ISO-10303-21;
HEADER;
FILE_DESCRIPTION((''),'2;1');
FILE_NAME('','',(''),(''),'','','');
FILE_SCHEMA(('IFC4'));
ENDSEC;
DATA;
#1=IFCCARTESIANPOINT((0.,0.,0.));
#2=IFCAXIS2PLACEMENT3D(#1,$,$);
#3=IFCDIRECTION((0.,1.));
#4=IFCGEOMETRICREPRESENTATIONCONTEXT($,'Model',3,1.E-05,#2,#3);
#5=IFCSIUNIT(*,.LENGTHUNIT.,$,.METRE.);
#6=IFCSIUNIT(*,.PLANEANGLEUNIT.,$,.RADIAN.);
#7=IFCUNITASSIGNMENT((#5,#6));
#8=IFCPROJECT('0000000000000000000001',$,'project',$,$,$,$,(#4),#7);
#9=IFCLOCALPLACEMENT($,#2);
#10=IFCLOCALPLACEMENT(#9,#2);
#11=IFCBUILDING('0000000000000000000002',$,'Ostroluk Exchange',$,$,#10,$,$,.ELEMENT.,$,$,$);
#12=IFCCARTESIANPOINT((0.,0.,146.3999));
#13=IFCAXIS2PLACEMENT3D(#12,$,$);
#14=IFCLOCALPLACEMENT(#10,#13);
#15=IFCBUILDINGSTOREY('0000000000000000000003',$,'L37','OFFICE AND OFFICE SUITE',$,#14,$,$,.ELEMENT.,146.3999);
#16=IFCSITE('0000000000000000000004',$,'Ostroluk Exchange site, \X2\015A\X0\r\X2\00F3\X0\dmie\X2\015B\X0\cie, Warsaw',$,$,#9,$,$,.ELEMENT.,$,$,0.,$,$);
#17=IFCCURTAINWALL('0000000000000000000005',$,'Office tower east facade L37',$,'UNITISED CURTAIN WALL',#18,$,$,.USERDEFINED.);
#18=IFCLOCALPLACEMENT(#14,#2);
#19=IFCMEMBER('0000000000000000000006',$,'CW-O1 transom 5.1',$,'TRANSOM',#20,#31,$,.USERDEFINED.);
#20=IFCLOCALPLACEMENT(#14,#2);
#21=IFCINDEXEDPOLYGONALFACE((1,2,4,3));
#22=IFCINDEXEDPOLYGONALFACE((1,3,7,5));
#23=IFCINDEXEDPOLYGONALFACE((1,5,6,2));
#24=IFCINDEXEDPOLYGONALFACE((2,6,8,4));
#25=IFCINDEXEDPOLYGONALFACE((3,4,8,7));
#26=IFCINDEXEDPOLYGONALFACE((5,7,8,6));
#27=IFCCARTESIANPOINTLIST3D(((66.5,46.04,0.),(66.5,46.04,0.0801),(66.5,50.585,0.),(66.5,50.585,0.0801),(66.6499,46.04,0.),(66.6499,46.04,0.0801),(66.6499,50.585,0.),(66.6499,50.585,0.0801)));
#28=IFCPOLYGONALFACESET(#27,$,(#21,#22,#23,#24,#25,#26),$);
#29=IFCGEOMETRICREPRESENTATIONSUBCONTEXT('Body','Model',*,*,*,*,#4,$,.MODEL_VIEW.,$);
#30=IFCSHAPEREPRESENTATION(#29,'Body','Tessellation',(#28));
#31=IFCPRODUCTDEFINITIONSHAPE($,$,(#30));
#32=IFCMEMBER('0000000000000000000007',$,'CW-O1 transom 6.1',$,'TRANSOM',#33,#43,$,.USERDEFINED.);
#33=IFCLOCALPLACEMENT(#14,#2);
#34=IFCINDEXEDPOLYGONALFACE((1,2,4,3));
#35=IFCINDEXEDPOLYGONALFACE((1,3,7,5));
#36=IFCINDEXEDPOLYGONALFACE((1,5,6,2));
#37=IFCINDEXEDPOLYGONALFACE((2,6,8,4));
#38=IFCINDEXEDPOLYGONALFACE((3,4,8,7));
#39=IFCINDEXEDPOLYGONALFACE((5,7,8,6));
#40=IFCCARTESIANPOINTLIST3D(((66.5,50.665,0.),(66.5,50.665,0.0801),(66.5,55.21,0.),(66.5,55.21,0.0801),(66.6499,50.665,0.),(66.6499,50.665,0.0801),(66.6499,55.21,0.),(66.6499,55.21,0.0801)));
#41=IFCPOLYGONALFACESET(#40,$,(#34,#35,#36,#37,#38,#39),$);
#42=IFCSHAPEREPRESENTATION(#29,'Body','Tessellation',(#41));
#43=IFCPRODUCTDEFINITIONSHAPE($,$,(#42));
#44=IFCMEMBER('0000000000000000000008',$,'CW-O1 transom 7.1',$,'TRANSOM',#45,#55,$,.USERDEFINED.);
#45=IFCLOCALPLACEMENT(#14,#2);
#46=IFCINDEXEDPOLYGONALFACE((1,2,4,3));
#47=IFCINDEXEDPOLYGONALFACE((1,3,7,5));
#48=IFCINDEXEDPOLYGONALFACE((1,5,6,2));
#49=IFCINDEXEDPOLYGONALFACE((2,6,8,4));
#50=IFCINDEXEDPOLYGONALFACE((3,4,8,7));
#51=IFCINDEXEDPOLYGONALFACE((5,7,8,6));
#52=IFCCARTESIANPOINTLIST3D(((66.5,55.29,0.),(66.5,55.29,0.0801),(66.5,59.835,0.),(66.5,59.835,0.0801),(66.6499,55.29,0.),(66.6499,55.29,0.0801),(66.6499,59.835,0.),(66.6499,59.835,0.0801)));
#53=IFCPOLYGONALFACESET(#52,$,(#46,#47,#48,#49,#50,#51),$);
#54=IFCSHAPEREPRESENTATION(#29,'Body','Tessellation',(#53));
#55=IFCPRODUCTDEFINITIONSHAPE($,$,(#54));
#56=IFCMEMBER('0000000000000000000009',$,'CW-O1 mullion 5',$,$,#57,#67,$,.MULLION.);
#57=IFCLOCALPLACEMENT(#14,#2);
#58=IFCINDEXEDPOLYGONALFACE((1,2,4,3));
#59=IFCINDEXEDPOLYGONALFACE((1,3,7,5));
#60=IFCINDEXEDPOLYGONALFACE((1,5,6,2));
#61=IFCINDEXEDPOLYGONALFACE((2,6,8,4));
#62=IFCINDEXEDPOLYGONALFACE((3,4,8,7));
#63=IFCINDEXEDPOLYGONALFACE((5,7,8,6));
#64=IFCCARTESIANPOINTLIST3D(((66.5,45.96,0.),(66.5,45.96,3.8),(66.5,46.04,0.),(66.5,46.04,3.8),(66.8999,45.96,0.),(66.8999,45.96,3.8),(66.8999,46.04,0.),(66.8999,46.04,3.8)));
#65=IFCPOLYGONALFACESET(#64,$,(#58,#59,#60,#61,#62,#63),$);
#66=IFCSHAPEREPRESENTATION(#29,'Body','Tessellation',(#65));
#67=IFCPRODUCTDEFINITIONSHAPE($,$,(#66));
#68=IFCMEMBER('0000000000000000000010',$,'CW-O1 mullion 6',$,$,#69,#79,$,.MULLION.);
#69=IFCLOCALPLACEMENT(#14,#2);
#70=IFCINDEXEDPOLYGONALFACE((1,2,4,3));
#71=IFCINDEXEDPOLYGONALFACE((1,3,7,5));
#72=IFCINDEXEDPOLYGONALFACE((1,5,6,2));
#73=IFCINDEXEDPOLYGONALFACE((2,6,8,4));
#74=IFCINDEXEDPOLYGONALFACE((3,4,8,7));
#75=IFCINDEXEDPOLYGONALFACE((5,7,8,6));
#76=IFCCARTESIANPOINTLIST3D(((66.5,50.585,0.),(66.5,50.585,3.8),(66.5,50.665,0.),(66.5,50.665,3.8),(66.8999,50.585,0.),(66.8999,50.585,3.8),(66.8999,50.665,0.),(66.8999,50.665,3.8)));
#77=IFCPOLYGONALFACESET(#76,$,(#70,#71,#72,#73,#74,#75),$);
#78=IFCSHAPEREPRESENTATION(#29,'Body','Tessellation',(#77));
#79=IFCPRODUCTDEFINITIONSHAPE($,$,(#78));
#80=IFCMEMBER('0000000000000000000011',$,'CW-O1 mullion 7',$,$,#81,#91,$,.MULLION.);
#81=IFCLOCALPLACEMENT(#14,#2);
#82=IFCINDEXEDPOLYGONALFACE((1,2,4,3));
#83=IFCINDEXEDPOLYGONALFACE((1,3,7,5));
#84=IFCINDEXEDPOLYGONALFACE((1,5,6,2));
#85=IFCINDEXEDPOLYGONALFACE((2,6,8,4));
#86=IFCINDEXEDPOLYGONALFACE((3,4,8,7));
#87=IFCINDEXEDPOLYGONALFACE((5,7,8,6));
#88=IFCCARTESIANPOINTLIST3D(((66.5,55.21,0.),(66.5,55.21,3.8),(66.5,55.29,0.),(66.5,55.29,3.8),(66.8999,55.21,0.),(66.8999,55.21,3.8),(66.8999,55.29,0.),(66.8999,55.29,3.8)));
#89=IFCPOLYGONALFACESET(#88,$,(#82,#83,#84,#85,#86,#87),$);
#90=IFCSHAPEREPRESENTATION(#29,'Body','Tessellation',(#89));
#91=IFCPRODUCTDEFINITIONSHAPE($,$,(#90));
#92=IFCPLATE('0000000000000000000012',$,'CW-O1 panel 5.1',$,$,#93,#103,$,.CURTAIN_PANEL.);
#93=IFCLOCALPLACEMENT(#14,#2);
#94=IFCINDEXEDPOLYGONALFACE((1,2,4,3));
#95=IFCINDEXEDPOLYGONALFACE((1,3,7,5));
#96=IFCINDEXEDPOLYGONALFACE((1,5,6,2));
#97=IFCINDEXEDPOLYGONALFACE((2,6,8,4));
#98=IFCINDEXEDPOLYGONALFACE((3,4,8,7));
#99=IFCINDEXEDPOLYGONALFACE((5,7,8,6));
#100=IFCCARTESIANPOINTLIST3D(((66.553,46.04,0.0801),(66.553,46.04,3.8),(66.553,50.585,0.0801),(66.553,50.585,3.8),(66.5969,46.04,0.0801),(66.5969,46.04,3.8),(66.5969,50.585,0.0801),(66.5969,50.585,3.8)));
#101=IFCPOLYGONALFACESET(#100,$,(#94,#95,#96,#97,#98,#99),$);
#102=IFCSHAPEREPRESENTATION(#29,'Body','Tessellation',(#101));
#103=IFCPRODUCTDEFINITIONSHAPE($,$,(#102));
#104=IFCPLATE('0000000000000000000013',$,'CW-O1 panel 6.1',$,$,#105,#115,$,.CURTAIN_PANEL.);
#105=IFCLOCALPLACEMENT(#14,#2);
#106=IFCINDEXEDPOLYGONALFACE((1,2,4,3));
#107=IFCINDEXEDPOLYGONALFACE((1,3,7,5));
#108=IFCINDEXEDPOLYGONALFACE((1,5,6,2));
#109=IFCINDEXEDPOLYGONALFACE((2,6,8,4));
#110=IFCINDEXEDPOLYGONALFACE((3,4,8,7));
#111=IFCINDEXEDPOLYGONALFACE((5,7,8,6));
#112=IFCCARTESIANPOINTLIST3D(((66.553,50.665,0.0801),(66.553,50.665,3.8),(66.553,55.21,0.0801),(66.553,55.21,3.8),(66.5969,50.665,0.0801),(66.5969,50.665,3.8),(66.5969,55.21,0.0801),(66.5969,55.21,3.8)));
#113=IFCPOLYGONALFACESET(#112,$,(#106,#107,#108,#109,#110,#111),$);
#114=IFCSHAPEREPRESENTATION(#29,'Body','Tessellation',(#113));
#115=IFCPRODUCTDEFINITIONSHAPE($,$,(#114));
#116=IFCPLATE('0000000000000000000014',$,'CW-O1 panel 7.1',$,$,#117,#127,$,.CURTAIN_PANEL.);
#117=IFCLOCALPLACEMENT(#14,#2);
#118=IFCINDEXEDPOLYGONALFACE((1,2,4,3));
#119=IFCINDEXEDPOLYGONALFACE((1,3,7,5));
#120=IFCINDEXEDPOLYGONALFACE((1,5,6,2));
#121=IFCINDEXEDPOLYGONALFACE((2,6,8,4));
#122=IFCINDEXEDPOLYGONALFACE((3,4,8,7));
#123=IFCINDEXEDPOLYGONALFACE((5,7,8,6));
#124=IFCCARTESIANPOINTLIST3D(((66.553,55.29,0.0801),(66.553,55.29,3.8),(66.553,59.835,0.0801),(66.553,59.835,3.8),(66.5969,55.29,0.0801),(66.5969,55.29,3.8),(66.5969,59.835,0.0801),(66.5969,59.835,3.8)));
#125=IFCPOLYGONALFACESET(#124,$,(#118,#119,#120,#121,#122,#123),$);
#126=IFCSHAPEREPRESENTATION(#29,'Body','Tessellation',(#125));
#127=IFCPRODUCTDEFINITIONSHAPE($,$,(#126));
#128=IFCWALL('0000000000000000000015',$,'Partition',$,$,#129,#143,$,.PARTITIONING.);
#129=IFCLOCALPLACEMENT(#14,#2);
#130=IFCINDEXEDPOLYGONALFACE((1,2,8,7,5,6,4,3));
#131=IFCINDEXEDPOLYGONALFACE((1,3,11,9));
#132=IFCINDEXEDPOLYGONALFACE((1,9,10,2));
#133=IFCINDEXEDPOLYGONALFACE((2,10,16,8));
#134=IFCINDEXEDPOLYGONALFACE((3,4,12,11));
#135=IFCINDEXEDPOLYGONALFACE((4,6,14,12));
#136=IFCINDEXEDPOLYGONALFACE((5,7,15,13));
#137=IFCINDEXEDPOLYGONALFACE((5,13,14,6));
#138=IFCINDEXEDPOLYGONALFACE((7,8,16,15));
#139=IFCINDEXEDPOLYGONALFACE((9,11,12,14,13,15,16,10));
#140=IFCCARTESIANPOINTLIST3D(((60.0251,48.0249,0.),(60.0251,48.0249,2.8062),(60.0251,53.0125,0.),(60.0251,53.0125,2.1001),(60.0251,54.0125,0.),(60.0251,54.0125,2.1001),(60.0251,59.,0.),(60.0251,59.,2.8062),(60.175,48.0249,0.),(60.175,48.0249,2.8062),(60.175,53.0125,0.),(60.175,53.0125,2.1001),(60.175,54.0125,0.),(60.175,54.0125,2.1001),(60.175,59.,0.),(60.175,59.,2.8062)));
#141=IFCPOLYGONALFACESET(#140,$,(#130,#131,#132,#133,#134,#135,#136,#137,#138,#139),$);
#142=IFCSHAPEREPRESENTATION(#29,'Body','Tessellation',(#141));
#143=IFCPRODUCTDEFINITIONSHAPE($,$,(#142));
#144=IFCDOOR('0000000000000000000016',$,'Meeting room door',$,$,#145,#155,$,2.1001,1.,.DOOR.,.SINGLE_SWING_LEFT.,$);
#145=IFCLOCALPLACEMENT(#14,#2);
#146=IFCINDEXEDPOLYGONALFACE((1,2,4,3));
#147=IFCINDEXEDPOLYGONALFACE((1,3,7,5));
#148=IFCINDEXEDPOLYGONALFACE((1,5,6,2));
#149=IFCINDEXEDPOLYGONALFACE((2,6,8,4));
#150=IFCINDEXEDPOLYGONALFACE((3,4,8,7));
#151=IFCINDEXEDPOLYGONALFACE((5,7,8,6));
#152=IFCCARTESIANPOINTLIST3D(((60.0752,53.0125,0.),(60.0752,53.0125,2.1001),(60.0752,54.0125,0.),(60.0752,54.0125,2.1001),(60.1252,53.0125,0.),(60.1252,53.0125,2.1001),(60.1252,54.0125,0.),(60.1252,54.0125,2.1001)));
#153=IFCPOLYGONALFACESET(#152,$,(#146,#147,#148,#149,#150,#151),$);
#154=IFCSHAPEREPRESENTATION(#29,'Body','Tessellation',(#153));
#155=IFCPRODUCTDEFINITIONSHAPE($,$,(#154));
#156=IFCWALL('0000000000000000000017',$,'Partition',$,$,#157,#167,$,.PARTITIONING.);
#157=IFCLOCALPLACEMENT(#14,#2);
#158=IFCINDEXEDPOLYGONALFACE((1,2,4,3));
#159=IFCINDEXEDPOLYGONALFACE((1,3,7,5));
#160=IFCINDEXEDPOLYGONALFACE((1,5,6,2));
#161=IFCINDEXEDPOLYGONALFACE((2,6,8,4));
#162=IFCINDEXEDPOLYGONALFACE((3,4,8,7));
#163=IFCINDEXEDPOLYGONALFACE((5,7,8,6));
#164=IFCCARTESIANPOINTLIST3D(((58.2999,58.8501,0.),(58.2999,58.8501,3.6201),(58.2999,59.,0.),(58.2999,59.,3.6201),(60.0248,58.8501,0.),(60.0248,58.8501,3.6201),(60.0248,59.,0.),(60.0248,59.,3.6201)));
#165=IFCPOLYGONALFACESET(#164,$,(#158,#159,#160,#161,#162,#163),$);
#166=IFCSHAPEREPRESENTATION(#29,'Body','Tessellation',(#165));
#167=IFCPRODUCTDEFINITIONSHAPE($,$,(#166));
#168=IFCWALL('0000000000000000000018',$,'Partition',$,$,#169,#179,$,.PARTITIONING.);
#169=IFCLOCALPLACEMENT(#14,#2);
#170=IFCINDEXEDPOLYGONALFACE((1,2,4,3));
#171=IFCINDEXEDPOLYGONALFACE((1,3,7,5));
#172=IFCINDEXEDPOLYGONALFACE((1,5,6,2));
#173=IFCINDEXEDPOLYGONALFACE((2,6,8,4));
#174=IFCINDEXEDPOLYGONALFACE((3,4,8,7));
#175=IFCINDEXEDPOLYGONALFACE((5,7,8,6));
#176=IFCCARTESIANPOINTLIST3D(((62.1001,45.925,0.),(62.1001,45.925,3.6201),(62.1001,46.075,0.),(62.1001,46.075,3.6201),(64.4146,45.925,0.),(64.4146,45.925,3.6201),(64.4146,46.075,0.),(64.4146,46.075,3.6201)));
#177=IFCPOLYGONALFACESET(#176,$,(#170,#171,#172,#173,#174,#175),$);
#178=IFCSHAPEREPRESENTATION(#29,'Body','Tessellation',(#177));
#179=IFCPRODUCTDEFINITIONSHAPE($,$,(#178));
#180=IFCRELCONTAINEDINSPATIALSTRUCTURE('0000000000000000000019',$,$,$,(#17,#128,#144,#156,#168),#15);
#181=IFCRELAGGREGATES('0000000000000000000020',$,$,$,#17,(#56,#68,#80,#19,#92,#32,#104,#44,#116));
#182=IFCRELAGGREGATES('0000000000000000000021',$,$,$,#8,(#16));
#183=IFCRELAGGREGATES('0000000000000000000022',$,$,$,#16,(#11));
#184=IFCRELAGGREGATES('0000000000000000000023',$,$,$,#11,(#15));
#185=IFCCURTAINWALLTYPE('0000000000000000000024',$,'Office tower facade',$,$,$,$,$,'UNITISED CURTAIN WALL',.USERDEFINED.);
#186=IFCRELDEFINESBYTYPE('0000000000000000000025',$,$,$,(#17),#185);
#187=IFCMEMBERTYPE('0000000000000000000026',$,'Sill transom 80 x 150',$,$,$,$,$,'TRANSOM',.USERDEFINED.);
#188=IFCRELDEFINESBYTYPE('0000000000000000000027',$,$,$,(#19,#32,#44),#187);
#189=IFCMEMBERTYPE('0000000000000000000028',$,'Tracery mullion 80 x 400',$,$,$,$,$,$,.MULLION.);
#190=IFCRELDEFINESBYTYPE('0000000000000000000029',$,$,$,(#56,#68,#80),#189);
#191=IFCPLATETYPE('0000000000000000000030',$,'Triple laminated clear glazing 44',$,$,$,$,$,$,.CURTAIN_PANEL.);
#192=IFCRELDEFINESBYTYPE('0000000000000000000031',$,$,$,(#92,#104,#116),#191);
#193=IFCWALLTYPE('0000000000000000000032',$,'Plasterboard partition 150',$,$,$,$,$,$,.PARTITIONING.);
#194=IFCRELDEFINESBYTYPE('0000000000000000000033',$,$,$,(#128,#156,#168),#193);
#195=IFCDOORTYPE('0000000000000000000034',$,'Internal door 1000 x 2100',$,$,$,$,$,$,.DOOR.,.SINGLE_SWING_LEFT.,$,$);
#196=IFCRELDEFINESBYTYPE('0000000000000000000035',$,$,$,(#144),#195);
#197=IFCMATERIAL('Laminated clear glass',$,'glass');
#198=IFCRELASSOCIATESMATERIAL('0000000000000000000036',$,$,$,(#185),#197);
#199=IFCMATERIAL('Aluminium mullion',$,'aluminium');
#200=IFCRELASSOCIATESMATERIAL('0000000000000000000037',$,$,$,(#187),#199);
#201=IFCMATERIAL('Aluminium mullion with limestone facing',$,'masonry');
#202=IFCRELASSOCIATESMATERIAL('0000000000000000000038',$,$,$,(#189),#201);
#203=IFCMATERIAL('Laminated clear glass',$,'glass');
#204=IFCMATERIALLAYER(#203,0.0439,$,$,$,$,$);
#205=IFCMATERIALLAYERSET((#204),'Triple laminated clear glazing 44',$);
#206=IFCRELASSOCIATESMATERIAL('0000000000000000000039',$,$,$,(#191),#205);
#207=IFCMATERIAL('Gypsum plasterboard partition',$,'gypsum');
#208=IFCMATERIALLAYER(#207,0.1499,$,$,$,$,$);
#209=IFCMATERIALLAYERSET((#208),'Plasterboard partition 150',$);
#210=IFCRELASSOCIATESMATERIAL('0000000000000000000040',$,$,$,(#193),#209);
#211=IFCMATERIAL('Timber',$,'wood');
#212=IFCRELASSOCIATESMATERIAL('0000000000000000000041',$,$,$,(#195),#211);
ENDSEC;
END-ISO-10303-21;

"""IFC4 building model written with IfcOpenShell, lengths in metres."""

from ifc_helpers import new_model, si_unit, direction, frame, frame_2d, origin, origin_2d, place, context, subcontext, project, spatial, rectangle, extrude, material, layer, layer_set, material_profile, profile_set, type_object, element, fill, aggregate, save


model = new_model("IFC4")

# Units and contexts
model_context = context("Model", 3, precision=1e-05, world=origin(), true_north=direction((0.0, 1.0)))
body_context = subcontext(model_context, "Body", "Model", "MODEL_VIEW")
ifc_project = project(units=[si_unit("LENGTHUNIT", "METRE"), si_unit("PLANEANGLEUNIT", "RADIAN")], contexts=[model_context])

# Site, building, storey
site_placement = place(None, origin())
site = spatial("IfcSite", under=ifc_project, at=site_placement, Name="Ostroluk Exchange site, Śródmieście, Warsaw", CompositionType="ELEMENT", RefElevation=0.0)
building_placement = place(site_placement, origin())
building = spatial("IfcBuilding", under=site, at=building_placement, Name="Ostroluk Exchange", CompositionType="ELEMENT")
storey_placement = place(building_placement, frame((0.0, 0.0, 146.3999)))
storey = spatial("IfcBuildingStorey", under=building, at=storey_placement, Name="L37", Description="OFFICE AND OFFICE SUITE", CompositionType="ELEMENT", Elevation=146.3999)

# Curtain wall, members, plates
ifc_material_1 = material(Name="Laminated clear glass", Category="glass")
curtain_wall_type = type_object("IfcCurtainWallType", Name="Office tower facade", ElementType="UNITISED CURTAIN WALL", PredefinedType="USERDEFINED", material=ifc_material_1)
curtain_wall_placement = place(storey_placement, origin())
curtain_wall = element("IfcCurtainWall", 1, at=curtain_wall_placement, inside=storey, type_object=curtain_wall_type, Name="Office tower east facade L37", ObjectType="UNITISED CURTAIN WALL", PredefinedType="USERDEFINED")
ifc_material_2 = material(Name="Aluminium mullion", Category="aluminium")
ifc_material_profile_1 = material_profile(ifc_material_2, rectangle(XDim=0.1499, YDim=0.0801, at=origin_2d()), Name="Sill transom 80 x 150")
ifc_profile_set_1 = profile_set([ifc_material_profile_1], Name="Aluminium mullion")
member_type_1 = type_object("IfcMemberType", Name="Sill transom 80 x 150", ElementType="TRANSOM", PredefinedType="USERDEFINED", material=ifc_profile_set_1)
member_1_placement = place(storey_placement, frame((66.575, 46.04, 0.04), z_axis=(0.0, 1.0, 0.0), x_axis=(-1.0, 0.0, 0.0)))
member_1 = element("IfcMember", 2, at=member_1_placement, type_object=member_type_1, Name="CW-O1 transom 5.1", ObjectType="TRANSOM", PredefinedType="USERDEFINED", context=body_context, shape_type="SweptSolid", body=[
    extrude(rectangle(XDim=0.1499, YDim=0.0801, at=origin_2d()), origin(), (0.0, 0.0, 1.0), 4.5449),
])
member_2_placement = place(storey_placement, frame((66.575, 50.665, 0.04), z_axis=(0.0, 1.0, 0.0), x_axis=(-1.0, 0.0, 0.0)))
member_2 = element("IfcMember", 3, at=member_2_placement, type_object=member_type_1, Name="CW-O1 transom 6.1", ObjectType="TRANSOM", PredefinedType="USERDEFINED", context=body_context, shape_type="SweptSolid", body=[
    extrude(rectangle(XDim=0.1499, YDim=0.0801, at=origin_2d()), origin(), (0.0, 0.0, 1.0), 4.5449),
])
member_3_placement = place(storey_placement, frame((66.575, 55.29, 0.04), z_axis=(0.0, 1.0, 0.0), x_axis=(-1.0, 0.0, 0.0)))
member_3 = element("IfcMember", 4, at=member_3_placement, type_object=member_type_1, Name="CW-O1 transom 7.1", ObjectType="TRANSOM", PredefinedType="USERDEFINED", context=body_context, shape_type="SweptSolid", body=[
    extrude(rectangle(XDim=0.1499, YDim=0.0801, at=origin_2d()), origin(), (0.0, 0.0, 1.0), 4.5449),
])
ifc_material_3 = material(Name="Aluminium mullion with limestone facing", Category="masonry")
ifc_material_profile_2 = material_profile(ifc_material_3, rectangle(XDim=0.3999, YDim=0.0801, at=origin_2d()), Name="Tracery mullion 80 x 400")
ifc_profile_set_2 = profile_set([ifc_material_profile_2], Name="Aluminium mullion with limestone facing")
member_type_2 = type_object("IfcMemberType", Name="Tracery mullion 80 x 400", PredefinedType="MULLION", material=ifc_profile_set_2)
member_4_placement = place(storey_placement, frame((66.7, 46.0, 0.0), z_axis=(0.0, 0.0, 1.0), x_axis=(-1.0, 0.0, 0.0)))
member_4 = element("IfcMember", 5, at=member_4_placement, type_object=member_type_2, Name="CW-O1 mullion 5", PredefinedType="MULLION", context=body_context, shape_type="SweptSolid", body=[
    extrude(rectangle(XDim=0.3999, YDim=0.0801, at=origin_2d()), origin(), (0.0, 0.0, 1.0), 3.8),
])
member_5_placement = place(storey_placement, frame((66.7, 50.625, 0.0), z_axis=(0.0, 0.0, 1.0), x_axis=(-1.0, 0.0, 0.0)))
member_5 = element("IfcMember", 6, at=member_5_placement, type_object=member_type_2, Name="CW-O1 mullion 6", PredefinedType="MULLION", context=body_context, shape_type="SweptSolid", body=[
    extrude(rectangle(XDim=0.3999, YDim=0.0801, at=origin_2d()), origin(), (0.0, 0.0, 1.0), 3.8),
])
member_6_placement = place(storey_placement, frame((66.7, 55.25, 0.0), z_axis=(0.0, 0.0, 1.0), x_axis=(-1.0, 0.0, 0.0)))
member_6 = element("IfcMember", 7, at=member_6_placement, type_object=member_type_2, Name="CW-O1 mullion 7", PredefinedType="MULLION", context=body_context, shape_type="SweptSolid", body=[
    extrude(rectangle(XDim=0.3999, YDim=0.0801, at=origin_2d()), origin(), (0.0, 0.0, 1.0), 3.8),
])
ifc_material_4 = material(Name="Laminated clear glass", Category="glass")
ifc_layer_1 = layer(ifc_material_4, 0.0439)
ifc_layer_set_1 = layer_set([ifc_layer_1], Name="Triple laminated clear glazing 44")
plate_type = type_object("IfcPlateType", Name="Triple laminated clear glazing 44", PredefinedType="CURTAIN_PANEL", material=ifc_layer_set_1)
plate_1_placement = place(storey_placement, frame((66.575, 48.3125, 0.0801), z_axis=(0.0, 0.0, 1.0), x_axis=(0.0, 1.0, 0.0)))
plate_1 = element("IfcPlate", 8, at=plate_1_placement, type_object=plate_type, Name="CW-O1 panel 5.1", PredefinedType="CURTAIN_PANEL", context=body_context, shape_type="SweptSolid", body=[
    extrude(rectangle(XDim=4.5449, YDim=0.0439, at=origin_2d()), origin(), (0.0, 0.0, 1.0), 3.72),
])
plate_2_placement = place(storey_placement, frame((66.575, 52.9375, 0.0801), z_axis=(0.0, 0.0, 1.0), x_axis=(0.0, 1.0, 0.0)))
plate_2 = element("IfcPlate", 9, at=plate_2_placement, type_object=plate_type, Name="CW-O1 panel 6.1", PredefinedType="CURTAIN_PANEL", context=body_context, shape_type="SweptSolid", body=[
    extrude(rectangle(XDim=4.5449, YDim=0.0439, at=origin_2d()), origin(), (0.0, 0.0, 1.0), 3.72),
])
plate_3_placement = place(storey_placement, frame((66.575, 57.5625, 0.0801), z_axis=(0.0, 0.0, 1.0), x_axis=(0.0, 1.0, 0.0)))
plate_3 = element("IfcPlate", 10, at=plate_3_placement, type_object=plate_type, Name="CW-O1 panel 7.1", PredefinedType="CURTAIN_PANEL", context=body_context, shape_type="SweptSolid", body=[
    extrude(rectangle(XDim=4.5449, YDim=0.0439, at=origin_2d()), origin(), (0.0, 0.0, 1.0), 3.72),
])
aggregate(curtain_wall, [member_4, member_5, member_6, member_1, plate_1, member_2, plate_2, member_3, plate_3])

# Wall, opening, door
ifc_material_5 = material(Name="Gypsum plasterboard partition", Category="gypsum")
ifc_layer_2 = layer(ifc_material_5, 0.1499)
ifc_layer_set_2 = layer_set([ifc_layer_2], Name="Plasterboard partition 150")
wall_type = type_object("IfcWallType", Name="Plasterboard partition 150", PredefinedType="PARTITIONING", material=ifc_layer_set_2)
wall_1_placement = place(storey_placement, frame((60.1001, 48.0249, 0.0), z_axis=(0.0, 0.0, 1.0), x_axis=(0.0, 1.0, 0.0)))
wall_1 = element("IfcWall", 11, at=wall_1_placement, inside=storey, type_object=wall_type, Name="Partition", PredefinedType="PARTITIONING", context=body_context, shape_type="SweptSolid", body=[
    extrude(rectangle(XDim=10.9751, YDim=0.1499, at=frame_2d((5.4875, 0.0))), origin(), (0.0, 0.0, 1.0), 2.8062),
])
opening_placement = place(wall_1_placement, frame((4.9875, 0.0, 0.0)))
opening = element("IfcOpeningElement", 12, at=opening_placement, cuts=wall_1, PredefinedType="OPENING", context=body_context, shape_type="SweptSolid", body=[
    extrude(rectangle(XDim=1.0, YDim=2.1001, at=frame_2d((0.5, 1.05))), frame((0.0, 0.085, 0.0), z_axis=(0.0, -1.0, 0.0), x_axis=(1.0, 0.0, 0.0)), (0.0, 0.0, 1.0), 0.1699),
])
ifc_material_6 = material(Name="Timber", Category="wood")
door_type = type_object("IfcDoorType", Name="Internal door 1000 x 2100", OperationType="SINGLE_SWING_LEFT", PredefinedType="DOOR", material=ifc_material_6)
door_placement = place(opening_placement, origin())
door = element("IfcDoor", 13, at=door_placement, inside=storey, type_object=door_type, Name="Meeting room door", OperationType="SINGLE_SWING_LEFT", OverallHeight=2.1001, OverallWidth=1.0, PredefinedType="DOOR", context=body_context, shape_type="SweptSolid", body=[
    extrude(rectangle(XDim=1.0, YDim=2.1001, at=frame_2d((0.5, 1.05))), frame((0.0, 0.0249, 0.0), z_axis=(0.0, -1.0, 0.0), x_axis=(1.0, 0.0, 0.0)), (0.0, 0.0, 1.0), 0.05),
])
fill(opening, door)

# Walls
wall_2_placement = place(storey_placement, frame((58.3, 58.925, 0.0), z_axis=(0.0, 0.0, 1.0), x_axis=(1.0, 0.0, 0.0)))
element("IfcWall", 14, at=wall_2_placement, inside=storey, type_object=wall_type, Name="Partition", PredefinedType="PARTITIONING", context=body_context, shape_type="SweptSolid", body=[
    extrude(rectangle(XDim=1.7249, YDim=0.1499, at=frame_2d((0.8623, 0.0))), origin(), (0.0, 0.0, 1.0), 3.6201),
])
wall_3_placement = place(storey_placement, frame((62.1001, 46.0, 0.0), z_axis=(0.0, 0.0, 1.0), x_axis=(1.0, 0.0, 0.0)))
element("IfcWall", 15, at=wall_3_placement, inside=storey, type_object=wall_type, Name="Partition", PredefinedType="PARTITIONING", context=body_context, shape_type="SweptSolid", body=[
    extrude(rectangle(XDim=2.3145, YDim=0.1499, at=frame_2d((1.1572, 0.0))), origin(), (0.0, 0.0, 1.0), 3.6201),
])

save(model, "model.ifc")
